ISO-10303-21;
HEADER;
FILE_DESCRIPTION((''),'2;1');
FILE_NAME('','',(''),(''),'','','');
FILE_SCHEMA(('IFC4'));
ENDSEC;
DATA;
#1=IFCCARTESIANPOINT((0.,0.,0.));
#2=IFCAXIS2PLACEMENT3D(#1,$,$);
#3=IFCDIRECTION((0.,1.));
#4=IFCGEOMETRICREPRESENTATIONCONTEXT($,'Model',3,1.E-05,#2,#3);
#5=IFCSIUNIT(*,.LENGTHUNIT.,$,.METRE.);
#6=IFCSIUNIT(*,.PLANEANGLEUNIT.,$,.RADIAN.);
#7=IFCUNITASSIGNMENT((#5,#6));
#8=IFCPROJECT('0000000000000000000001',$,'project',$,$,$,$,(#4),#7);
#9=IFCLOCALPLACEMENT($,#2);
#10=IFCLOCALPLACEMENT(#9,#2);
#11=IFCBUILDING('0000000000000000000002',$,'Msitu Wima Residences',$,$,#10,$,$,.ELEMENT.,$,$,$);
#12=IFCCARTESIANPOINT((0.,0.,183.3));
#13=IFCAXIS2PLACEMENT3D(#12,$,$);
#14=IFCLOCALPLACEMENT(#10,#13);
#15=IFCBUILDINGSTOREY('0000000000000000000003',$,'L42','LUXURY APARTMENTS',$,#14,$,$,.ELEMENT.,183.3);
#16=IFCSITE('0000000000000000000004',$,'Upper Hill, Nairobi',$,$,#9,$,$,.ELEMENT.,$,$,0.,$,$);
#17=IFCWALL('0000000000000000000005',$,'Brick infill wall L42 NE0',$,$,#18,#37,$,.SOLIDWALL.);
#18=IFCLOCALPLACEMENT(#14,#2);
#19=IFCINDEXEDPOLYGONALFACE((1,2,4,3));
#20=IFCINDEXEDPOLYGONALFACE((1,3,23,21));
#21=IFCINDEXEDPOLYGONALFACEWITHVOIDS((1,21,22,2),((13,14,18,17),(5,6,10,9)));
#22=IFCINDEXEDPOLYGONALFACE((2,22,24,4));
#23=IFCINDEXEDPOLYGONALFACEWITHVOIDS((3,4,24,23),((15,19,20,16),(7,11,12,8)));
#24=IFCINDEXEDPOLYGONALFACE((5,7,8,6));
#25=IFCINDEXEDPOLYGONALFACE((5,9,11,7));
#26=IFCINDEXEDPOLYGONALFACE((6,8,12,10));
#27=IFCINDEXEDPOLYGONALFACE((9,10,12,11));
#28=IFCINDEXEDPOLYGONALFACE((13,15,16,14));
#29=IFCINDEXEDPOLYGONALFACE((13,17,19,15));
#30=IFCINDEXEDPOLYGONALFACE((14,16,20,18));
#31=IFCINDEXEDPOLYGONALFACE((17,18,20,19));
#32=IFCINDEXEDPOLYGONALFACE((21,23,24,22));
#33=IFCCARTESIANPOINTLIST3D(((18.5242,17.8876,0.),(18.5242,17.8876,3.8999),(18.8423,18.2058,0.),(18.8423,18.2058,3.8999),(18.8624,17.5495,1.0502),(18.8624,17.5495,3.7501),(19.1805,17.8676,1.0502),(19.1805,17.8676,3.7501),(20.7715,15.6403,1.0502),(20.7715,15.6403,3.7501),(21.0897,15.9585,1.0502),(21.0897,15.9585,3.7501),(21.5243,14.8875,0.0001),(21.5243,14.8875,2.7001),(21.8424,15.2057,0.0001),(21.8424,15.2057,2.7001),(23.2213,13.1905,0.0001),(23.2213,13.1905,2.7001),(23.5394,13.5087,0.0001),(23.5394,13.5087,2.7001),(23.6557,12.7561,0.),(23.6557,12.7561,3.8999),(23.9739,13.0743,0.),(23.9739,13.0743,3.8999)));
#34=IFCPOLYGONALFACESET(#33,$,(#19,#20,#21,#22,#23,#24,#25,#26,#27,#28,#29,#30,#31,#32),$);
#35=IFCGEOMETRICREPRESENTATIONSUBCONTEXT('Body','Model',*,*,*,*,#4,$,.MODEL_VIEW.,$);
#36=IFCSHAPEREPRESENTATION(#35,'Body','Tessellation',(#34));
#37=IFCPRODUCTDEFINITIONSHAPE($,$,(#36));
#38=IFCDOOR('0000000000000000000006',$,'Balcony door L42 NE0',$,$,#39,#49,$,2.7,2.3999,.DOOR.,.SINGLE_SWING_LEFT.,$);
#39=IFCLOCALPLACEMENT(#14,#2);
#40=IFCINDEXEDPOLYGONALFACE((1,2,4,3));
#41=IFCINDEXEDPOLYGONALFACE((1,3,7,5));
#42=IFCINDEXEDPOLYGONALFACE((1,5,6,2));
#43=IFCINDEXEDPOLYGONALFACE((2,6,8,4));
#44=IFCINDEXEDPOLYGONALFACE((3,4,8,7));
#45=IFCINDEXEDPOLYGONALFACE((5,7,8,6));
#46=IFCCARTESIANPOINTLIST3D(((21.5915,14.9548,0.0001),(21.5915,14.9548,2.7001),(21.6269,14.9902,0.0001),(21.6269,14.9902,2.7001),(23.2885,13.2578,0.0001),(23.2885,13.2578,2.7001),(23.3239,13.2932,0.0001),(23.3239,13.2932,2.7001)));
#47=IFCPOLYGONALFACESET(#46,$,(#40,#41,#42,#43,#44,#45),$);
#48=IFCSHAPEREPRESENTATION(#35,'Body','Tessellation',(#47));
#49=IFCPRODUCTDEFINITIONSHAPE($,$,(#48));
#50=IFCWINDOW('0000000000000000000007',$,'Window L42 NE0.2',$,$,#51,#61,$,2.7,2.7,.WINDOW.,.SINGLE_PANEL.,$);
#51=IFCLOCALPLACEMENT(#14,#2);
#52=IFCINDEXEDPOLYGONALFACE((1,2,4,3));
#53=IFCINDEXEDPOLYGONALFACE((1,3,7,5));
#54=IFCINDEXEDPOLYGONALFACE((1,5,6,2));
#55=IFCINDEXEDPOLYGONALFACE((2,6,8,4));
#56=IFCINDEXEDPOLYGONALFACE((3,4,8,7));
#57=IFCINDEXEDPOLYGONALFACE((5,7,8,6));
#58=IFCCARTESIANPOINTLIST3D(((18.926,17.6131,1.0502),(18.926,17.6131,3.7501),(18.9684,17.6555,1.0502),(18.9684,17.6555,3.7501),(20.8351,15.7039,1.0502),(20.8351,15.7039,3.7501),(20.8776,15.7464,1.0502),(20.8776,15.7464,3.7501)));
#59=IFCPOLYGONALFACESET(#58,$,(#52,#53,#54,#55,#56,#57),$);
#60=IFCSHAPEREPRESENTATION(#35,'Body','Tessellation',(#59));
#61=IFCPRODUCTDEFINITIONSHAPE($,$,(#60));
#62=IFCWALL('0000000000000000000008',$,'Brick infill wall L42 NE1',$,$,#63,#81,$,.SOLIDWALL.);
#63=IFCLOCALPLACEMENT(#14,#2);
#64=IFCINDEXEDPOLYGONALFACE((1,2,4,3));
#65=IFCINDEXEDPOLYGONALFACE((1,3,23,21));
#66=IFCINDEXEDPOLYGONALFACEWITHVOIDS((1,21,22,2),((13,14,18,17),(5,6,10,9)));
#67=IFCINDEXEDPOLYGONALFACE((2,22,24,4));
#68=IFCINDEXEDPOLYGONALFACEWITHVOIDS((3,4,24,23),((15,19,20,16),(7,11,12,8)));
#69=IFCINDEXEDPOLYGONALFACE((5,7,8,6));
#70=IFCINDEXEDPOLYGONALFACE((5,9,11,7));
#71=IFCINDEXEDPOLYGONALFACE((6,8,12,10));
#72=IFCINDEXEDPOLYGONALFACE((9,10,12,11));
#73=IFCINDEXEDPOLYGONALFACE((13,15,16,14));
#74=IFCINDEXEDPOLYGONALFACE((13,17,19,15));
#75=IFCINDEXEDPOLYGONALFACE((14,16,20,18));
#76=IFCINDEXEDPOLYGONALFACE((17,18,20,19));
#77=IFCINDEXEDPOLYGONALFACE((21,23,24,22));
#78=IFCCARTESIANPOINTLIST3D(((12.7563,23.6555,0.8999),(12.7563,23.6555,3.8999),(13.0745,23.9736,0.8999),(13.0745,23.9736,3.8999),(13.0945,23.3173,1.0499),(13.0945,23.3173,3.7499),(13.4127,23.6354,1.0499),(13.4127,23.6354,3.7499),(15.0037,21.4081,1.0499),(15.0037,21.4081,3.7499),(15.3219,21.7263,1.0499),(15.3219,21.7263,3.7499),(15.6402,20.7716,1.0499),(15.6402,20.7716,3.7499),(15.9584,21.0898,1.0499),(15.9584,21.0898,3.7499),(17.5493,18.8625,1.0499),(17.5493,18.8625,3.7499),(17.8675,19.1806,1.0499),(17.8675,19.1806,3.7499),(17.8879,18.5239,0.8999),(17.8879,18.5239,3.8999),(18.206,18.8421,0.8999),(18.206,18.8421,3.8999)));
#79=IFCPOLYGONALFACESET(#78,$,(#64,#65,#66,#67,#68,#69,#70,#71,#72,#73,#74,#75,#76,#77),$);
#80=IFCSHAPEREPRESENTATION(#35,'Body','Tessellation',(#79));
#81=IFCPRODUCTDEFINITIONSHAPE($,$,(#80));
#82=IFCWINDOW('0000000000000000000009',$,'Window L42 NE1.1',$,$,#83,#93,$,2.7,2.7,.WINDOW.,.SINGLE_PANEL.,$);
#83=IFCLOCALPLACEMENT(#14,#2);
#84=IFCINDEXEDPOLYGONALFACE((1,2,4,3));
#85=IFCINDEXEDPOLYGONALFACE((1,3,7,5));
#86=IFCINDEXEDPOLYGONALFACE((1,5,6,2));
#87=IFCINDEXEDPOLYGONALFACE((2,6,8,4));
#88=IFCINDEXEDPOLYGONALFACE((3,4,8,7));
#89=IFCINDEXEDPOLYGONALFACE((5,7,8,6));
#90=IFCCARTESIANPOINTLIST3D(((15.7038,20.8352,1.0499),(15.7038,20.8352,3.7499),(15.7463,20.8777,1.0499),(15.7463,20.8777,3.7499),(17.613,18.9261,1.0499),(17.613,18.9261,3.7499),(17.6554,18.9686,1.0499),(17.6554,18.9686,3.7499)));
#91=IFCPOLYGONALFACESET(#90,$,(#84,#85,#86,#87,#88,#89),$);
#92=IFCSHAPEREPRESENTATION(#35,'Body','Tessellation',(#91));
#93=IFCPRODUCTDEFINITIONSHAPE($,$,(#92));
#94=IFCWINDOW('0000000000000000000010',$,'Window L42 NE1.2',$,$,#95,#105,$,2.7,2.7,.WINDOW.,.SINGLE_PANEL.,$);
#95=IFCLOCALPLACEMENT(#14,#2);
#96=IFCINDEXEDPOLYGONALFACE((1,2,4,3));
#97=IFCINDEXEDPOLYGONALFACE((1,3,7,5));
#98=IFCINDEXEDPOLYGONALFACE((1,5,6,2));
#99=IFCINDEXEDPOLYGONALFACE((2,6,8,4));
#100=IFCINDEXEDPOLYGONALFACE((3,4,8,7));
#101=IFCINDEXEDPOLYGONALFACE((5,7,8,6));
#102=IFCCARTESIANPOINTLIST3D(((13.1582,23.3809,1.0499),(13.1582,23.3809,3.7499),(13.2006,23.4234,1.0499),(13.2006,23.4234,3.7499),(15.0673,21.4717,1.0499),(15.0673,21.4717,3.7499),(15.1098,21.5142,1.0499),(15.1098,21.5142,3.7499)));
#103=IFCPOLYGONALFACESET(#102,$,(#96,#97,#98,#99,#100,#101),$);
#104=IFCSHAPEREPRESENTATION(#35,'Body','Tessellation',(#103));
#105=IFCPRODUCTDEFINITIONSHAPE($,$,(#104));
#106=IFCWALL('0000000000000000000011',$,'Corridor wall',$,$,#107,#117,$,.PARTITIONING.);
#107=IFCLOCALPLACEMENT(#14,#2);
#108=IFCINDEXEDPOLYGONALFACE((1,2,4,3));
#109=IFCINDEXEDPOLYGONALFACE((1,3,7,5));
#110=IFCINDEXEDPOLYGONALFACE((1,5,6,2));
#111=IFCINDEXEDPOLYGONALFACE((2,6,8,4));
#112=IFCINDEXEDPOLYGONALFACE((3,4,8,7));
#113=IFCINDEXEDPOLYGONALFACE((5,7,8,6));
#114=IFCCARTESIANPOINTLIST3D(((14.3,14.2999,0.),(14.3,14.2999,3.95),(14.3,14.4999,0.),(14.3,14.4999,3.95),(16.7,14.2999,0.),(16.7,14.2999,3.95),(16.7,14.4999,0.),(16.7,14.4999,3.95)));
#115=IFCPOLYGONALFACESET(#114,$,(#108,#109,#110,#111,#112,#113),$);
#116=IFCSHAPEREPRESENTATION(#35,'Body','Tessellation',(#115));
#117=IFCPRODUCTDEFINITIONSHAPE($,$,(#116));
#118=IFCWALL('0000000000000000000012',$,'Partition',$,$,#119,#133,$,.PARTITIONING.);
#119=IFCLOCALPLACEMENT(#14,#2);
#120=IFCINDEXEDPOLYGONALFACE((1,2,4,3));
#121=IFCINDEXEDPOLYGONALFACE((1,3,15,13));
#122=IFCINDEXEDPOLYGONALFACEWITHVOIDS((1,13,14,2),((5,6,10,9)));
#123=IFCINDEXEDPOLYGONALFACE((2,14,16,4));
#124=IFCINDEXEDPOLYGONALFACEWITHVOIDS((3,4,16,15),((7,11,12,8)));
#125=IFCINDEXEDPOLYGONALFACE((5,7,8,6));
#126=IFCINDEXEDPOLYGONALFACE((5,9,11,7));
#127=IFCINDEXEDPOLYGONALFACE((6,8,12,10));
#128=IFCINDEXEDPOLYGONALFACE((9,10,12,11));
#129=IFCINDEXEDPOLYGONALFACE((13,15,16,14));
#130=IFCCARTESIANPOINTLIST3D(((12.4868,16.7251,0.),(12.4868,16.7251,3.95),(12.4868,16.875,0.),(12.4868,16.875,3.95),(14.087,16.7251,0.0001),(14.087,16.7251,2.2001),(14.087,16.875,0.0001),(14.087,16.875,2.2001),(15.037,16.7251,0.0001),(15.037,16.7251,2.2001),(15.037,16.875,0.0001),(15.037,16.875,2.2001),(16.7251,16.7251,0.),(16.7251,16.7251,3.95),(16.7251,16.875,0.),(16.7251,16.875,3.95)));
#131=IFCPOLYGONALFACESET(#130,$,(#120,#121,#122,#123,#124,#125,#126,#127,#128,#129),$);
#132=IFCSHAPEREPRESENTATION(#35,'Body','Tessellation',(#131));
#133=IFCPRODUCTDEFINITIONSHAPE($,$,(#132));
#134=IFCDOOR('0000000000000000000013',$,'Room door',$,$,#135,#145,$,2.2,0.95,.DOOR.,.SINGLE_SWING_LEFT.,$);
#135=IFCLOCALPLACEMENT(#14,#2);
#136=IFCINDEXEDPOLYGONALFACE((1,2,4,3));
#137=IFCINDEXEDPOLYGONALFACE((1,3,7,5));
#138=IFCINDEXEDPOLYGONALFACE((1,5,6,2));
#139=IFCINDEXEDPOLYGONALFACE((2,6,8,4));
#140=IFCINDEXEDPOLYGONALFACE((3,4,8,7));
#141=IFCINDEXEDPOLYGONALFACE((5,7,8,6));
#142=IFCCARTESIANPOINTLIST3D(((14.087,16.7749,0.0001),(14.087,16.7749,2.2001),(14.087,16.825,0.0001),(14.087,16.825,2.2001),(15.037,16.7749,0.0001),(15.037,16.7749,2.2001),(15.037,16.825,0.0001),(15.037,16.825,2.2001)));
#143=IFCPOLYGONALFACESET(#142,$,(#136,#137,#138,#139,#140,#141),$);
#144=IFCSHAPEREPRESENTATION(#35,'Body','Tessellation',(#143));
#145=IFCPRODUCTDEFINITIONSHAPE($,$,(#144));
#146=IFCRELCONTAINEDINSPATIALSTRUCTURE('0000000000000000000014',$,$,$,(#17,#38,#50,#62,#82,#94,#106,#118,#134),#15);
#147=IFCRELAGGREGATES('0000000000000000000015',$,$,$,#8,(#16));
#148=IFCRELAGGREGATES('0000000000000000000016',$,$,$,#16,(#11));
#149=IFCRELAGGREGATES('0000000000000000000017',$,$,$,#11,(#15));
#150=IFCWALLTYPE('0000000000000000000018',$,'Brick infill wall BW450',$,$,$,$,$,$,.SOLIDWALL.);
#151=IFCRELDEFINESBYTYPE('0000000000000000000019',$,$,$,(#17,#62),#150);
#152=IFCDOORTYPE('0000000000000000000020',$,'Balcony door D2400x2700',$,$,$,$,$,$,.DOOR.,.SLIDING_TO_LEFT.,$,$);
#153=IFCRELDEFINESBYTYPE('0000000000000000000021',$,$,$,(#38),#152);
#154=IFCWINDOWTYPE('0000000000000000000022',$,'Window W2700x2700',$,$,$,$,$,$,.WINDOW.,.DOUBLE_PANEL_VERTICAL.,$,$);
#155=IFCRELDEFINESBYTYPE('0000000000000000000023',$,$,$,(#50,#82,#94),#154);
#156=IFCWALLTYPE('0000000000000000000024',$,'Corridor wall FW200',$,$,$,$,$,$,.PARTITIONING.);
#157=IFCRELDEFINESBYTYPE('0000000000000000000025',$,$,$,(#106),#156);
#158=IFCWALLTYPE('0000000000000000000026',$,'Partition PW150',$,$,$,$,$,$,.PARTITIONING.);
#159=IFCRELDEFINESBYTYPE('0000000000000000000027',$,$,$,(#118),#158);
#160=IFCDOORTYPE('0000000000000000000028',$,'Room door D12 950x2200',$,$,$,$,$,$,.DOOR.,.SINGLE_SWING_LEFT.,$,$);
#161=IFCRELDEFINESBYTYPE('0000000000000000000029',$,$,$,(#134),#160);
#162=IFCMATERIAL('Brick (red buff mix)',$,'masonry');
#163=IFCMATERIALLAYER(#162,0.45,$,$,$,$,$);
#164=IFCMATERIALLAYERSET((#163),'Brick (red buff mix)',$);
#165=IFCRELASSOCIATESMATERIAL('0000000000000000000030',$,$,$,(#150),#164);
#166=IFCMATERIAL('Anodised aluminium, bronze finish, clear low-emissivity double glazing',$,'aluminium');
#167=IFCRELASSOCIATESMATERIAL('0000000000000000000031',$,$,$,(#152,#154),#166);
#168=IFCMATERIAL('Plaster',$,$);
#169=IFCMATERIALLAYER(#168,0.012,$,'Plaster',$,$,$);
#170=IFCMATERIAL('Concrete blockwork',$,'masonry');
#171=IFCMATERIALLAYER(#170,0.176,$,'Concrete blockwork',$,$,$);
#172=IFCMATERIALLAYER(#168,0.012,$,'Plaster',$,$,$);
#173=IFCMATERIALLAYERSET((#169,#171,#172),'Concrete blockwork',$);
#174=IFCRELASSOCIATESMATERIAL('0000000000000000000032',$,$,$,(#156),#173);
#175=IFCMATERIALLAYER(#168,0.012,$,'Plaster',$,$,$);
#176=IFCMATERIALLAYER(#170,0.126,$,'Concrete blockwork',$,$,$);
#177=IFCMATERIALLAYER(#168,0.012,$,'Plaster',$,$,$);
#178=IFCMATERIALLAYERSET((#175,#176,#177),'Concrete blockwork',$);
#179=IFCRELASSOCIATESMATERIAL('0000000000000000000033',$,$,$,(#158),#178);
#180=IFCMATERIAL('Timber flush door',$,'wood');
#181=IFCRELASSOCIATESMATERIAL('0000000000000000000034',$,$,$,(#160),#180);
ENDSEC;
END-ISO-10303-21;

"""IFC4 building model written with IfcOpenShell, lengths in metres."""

from ifc_helpers import new_model, si_unit, direction, frame, frame_2d, origin, place, context, subcontext, project, spatial, rectangle, extrude, material, layer, layer_set, type_object, element, fill, save


model = new_model("IFC4")

# Units and contexts
model_context = context("Model", 3, precision=1e-05, world=origin(), true_north=direction((0.0, 1.0)))
body_context = subcontext(model_context, "Body", "Model", "MODEL_VIEW")
ifc_project = project(units=[si_unit("LENGTHUNIT", "METRE"), si_unit("PLANEANGLEUNIT", "RADIAN")], contexts=[model_context])

# Site, building, storey
site_placement = place(None, origin())
site = spatial("IfcSite", under=ifc_project, at=site_placement, Name="Upper Hill, Nairobi", CompositionType="ELEMENT", RefElevation=0.0)
building_placement = place(site_placement, origin())
building = spatial("IfcBuilding", under=site, at=building_placement, Name="Msitu Wima Residences", CompositionType="ELEMENT")
storey_placement = place(building_placement, frame((0.0, 0.0, 183.3)))
storey = spatial("IfcBuildingStorey", under=building, at=storey_placement, Name="L42", Description="LUXURY APARTMENTS", CompositionType="ELEMENT", Elevation=183.3)

# Wall, openings, door, window
ifc_material_1 = material(Name="Brick (red buff mix)", Category="masonry")
ifc_layer_1 = layer(ifc_material_1, 0.45)
ifc_layer_set_1 = layer_set([ifc_layer_1], Name="Brick (red buff mix)")
wall_type_1 = type_object("IfcWallType", Name="Brick infill wall BW450", PredefinedType="SOLIDWALL", material=ifc_layer_set_1)
wall_1_placement = place(storey_placement, frame((23.8147, 12.9153, 0.0), z_axis=(0.0, 0.0, 1.0), x_axis=(-0.707107, 0.707107, 0.0)))
wall_1 = element("IfcWall", 1, at=wall_1_placement, inside=storey, type_object=wall_type_1, Name="Brick infill wall L42 NE0", PredefinedType="SOLIDWALL", context=body_context, shape_type="SweptSolid", body=[
    extrude(rectangle(XDim=7.2571, YDim=0.45, at=frame_2d((3.6284, 0.0))), origin(), (0.0, 0.0, 1.0), 3.8999),
])
opening_1_placement = place(wall_1_placement, frame((0.6143, 0.0, 0.0)))
opening_1 = element("IfcOpeningElement", 2, at=opening_1_placement, cuts=wall_1, PredefinedType="OPENING", context=body_context, shape_type="SweptSolid", body=[
    extrude(rectangle(XDim=2.3999, YDim=2.7, at=frame_2d((1.2, 1.3501))), frame((0.0, 0.2349, 0.0), z_axis=(0.0, -1.0, 0.0), x_axis=(1.0, 0.0, 0.0)), (0.0, 0.0, 1.0), 0.47),
])
opening_2_placement = place(wall_1_placement, frame((4.0786, 0.0, 1.05)))
opening_2 = element("IfcOpeningElement", 3, at=opening_2_placement, cuts=wall_1, PredefinedType="OPENING", context=body_context, shape_type="SweptSolid", body=[
    extrude(rectangle(XDim=2.7, YDim=2.7, at=frame_2d((1.3501, 1.3501))), frame((0.0, 0.2349, 0.0), z_axis=(0.0, -1.0, 0.0), x_axis=(1.0, 0.0, 0.0)), (0.0, 0.0, 1.0), 0.47),
])
ifc_material_2 = material(Name="Anodised aluminium, bronze finish, clear low-emissivity double glazing", Category="aluminium")
door_type_1 = type_object("IfcDoorType", Name="Balcony door D2400x2700", OperationType="SLIDING_TO_LEFT", PredefinedType="DOOR", material=ifc_material_2)
door_1_placement = place(opening_1_placement, origin())
door_1 = element("IfcDoor", 4, at=door_1_placement, inside=storey, type_object=door_type_1, Name="Balcony door L42 NE0", OperationType="SINGLE_SWING_LEFT", OverallHeight=2.7, OverallWidth=2.3999, PredefinedType="DOOR", context=body_context, shape_type="SweptSolid", body=[
    extrude(rectangle(XDim=2.3999, YDim=2.7, at=frame_2d((1.2, 1.3501))), frame((0.0, 0.1299, 0.0), z_axis=(0.0, -1.0, 0.0), x_axis=(1.0, 0.0, 0.0)), (0.0, 0.0, 1.0), 0.05),
])
fill(opening_1, door_1)
window_type = type_object("IfcWindowType", Name="Window W2700x2700", PartitioningType="DOUBLE_PANEL_VERTICAL", PredefinedType="WINDOW", material=ifc_material_2)
window_1_placement = place(opening_2_placement, origin())
window_1 = element("IfcWindow", 5, at=window_1_placement, inside=storey, type_object=window_type, Name="Window L42 NE0.2", OverallHeight=2.7, OverallWidth=2.7, PartitioningType="SINGLE_PANEL", PredefinedType="WINDOW", context=body_context, shape_type="SweptSolid", body=[
    extrude(rectangle(XDim=2.7, YDim=2.7, at=frame_2d((1.3501, 1.3501))), frame((0.0, 0.135, 0.0), z_axis=(0.0, -1.0, 0.0), x_axis=(1.0, 0.0, 0.0)), (0.0, 0.0, 1.0), 0.0601),
])
fill(opening_2, window_1)

# Wall, openings, windows
wall_2_placement = place(storey_placement, frame((18.0469, 18.6831, 0.8999), z_axis=(0.0, 0.0, 1.0), x_axis=(-0.707107, 0.707107, 0.0)))
wall_2 = element("IfcWall", 6, at=wall_2_placement, inside=storey, type_object=wall_type_1, Name="Brick infill wall L42 NE1", PredefinedType="SOLIDWALL", context=body_context, shape_type="SweptSolid", body=[
    extrude(rectangle(XDim=7.2571, YDim=0.45, at=frame_2d((3.6284, 0.0))), origin(), (0.0, 0.0, 1.0), 3.0),
])
opening_3_placement = place(wall_2_placement, frame((0.4785, 0.0, 0.1499)))
opening_3 = element("IfcOpeningElement", 7, at=opening_3_placement, cuts=wall_2, PredefinedType="OPENING", context=body_context, shape_type="SweptSolid", body=[
    extrude(rectangle(XDim=2.7, YDim=2.7, at=frame_2d((1.3501, 1.3501))), frame((0.0, 0.2349, 0.0), z_axis=(0.0, -1.0, 0.0), x_axis=(1.0, 0.0, 0.0)), (0.0, 0.0, 1.0), 0.47),
])
opening_4_placement = place(wall_2_placement, frame((4.0786, 0.0, 0.1499)))
opening_4 = element("IfcOpeningElement", 8, at=opening_4_placement, cuts=wall_2, PredefinedType="OPENING", context=body_context, shape_type="SweptSolid", body=[
    extrude(rectangle(XDim=2.7, YDim=2.7, at=frame_2d((1.3501, 1.3501))), frame((0.0, 0.2349, 0.0), z_axis=(0.0, -1.0, 0.0), x_axis=(1.0, 0.0, 0.0)), (0.0, 0.0, 1.0), 0.47),
])
window_2_placement = place(opening_3_placement, origin())
window_2 = element("IfcWindow", 9, at=window_2_placement, inside=storey, type_object=window_type, Name="Window L42 NE1.1", OverallHeight=2.7, OverallWidth=2.7, PartitioningType="SINGLE_PANEL", PredefinedType="WINDOW", context=body_context, shape_type="SweptSolid", body=[
    extrude(rectangle(XDim=2.7, YDim=2.7, at=frame_2d((1.3501, 1.3501))), frame((0.0, 0.135, 0.0), z_axis=(0.0, -1.0, 0.0), x_axis=(1.0, 0.0, 0.0)), (0.0, 0.0, 1.0), 0.0601),
])
fill(opening_3, window_2)
window_3_placement = place(opening_4_placement, origin())
window_3 = element("IfcWindow", 10, at=window_3_placement, inside=storey, type_object=window_type, Name="Window L42 NE1.2", OverallHeight=2.7, OverallWidth=2.7, PartitioningType="SINGLE_PANEL", PredefinedType="WINDOW", context=body_context, shape_type="SweptSolid", body=[
    extrude(rectangle(XDim=2.7, YDim=2.7, at=frame_2d((1.3501, 1.3501))), frame((0.0, 0.135, 0.0), z_axis=(0.0, -1.0, 0.0), x_axis=(1.0, 0.0, 0.0)), (0.0, 0.0, 1.0), 0.0601),
])
fill(opening_4, window_3)

# Shared definitions
ifc_material_3 = material(Name="Plaster")
ifc_layer_2 = layer(ifc_material_3, 0.012, Name="Plaster")
ifc_material_4 = material(Name="Concrete blockwork", Category="masonry")
ifc_layer_3 = layer(ifc_material_4, 0.176, Name="Concrete blockwork")
ifc_layer_4 = layer(ifc_material_3, 0.012, Name="Plaster")
ifc_layer_set_2 = layer_set([ifc_layer_2, ifc_layer_3, ifc_layer_4], Name="Concrete blockwork")
wall_type_2 = type_object("IfcWallType", Name="Corridor wall FW200", PredefinedType="PARTITIONING", material=ifc_layer_set_2)

# Wall
wall_3_placement = place(storey_placement, frame((14.3, 14.3999, 0.0), z_axis=(0.0, 0.0, 1.0), x_axis=(1.0, 0.0, 0.0)))
element("IfcWall", 11, at=wall_3_placement, inside=storey, type_object=wall_type_2, Name="Corridor wall", PredefinedType="PARTITIONING", context=body_context, shape_type="SweptSolid", body=[
    extrude(rectangle(XDim=2.3999, YDim=0.2, at=frame_2d((1.2, 0.0))), origin(), (0.0, 0.0, 1.0), 3.95),
])

# Wall, opening, door
ifc_layer_5 = layer(ifc_material_3, 0.012, Name="Plaster")
ifc_layer_6 = layer(ifc_material_4, 0.126, Name="Concrete blockwork")
ifc_layer_7 = layer(ifc_material_3, 0.012, Name="Plaster")
ifc_layer_set_3 = layer_set([ifc_layer_5, ifc_layer_6, ifc_layer_7], Name="Concrete blockwork")
wall_type_3 = type_object("IfcWallType", Name="Partition PW150", PredefinedType="PARTITIONING", material=ifc_layer_set_3)
wall_4_placement = place(storey_placement, frame((12.4868, 16.8, 0.0), z_axis=(0.0, 0.0, 1.0), x_axis=(1.0, 0.0, 0.0)))
wall_4 = element("IfcWall", 12, at=wall_4_placement, inside=storey, type_object=wall_type_3, Name="Partition", PredefinedType="PARTITIONING", context=body_context, shape_type="SweptSolid", body=[
    extrude(rectangle(XDim=4.2383, YDim=0.1499, at=frame_2d((2.1191, 0.0))), origin(), (0.0, 0.0, 1.0), 3.95),
])
opening_5_placement = place(wall_4_placement, frame((1.6001, 0.0, 0.0)))
opening_5 = element("IfcOpeningElement", 13, at=opening_5_placement, cuts=wall_4, PredefinedType="OPENING", context=body_context, shape_type="SweptSolid", body=[
    extrude(rectangle(XDim=0.95, YDim=2.2, at=frame_2d((0.4751, 1.1001))), frame((0.0, 0.085, 0.0), z_axis=(0.0, -1.0, 0.0), x_axis=(1.0, 0.0, 0.0)), (0.0, 0.0, 1.0), 0.1699),
])
ifc_material_5 = material(Name="Timber flush door", Category="wood")
door_type_2 = type_object("IfcDoorType", Name="Room door D12 950x2200", OperationType="SINGLE_SWING_LEFT", PredefinedType="DOOR", material=ifc_material_5)
door_2_placement = place(opening_5_placement, origin())
door_2 = element("IfcDoor", 14, at=door_2_placement, inside=storey, type_object=door_type_2, Name="Room door", OperationType="SINGLE_SWING_LEFT", OverallHeight=2.2, OverallWidth=0.95, PredefinedType="DOOR", context=body_context, shape_type="SweptSolid", body=[
    extrude(rectangle(XDim=0.95, YDim=2.2, at=frame_2d((0.4751, 1.1001))), frame((0.0, 0.0249, 0.0), z_axis=(0.0, -1.0, 0.0), x_axis=(1.0, 0.0, 0.0)), (0.0, 0.0, 1.0), 0.05),
])
fill(opening_5, door_2)

save(model, "model.ifc")
